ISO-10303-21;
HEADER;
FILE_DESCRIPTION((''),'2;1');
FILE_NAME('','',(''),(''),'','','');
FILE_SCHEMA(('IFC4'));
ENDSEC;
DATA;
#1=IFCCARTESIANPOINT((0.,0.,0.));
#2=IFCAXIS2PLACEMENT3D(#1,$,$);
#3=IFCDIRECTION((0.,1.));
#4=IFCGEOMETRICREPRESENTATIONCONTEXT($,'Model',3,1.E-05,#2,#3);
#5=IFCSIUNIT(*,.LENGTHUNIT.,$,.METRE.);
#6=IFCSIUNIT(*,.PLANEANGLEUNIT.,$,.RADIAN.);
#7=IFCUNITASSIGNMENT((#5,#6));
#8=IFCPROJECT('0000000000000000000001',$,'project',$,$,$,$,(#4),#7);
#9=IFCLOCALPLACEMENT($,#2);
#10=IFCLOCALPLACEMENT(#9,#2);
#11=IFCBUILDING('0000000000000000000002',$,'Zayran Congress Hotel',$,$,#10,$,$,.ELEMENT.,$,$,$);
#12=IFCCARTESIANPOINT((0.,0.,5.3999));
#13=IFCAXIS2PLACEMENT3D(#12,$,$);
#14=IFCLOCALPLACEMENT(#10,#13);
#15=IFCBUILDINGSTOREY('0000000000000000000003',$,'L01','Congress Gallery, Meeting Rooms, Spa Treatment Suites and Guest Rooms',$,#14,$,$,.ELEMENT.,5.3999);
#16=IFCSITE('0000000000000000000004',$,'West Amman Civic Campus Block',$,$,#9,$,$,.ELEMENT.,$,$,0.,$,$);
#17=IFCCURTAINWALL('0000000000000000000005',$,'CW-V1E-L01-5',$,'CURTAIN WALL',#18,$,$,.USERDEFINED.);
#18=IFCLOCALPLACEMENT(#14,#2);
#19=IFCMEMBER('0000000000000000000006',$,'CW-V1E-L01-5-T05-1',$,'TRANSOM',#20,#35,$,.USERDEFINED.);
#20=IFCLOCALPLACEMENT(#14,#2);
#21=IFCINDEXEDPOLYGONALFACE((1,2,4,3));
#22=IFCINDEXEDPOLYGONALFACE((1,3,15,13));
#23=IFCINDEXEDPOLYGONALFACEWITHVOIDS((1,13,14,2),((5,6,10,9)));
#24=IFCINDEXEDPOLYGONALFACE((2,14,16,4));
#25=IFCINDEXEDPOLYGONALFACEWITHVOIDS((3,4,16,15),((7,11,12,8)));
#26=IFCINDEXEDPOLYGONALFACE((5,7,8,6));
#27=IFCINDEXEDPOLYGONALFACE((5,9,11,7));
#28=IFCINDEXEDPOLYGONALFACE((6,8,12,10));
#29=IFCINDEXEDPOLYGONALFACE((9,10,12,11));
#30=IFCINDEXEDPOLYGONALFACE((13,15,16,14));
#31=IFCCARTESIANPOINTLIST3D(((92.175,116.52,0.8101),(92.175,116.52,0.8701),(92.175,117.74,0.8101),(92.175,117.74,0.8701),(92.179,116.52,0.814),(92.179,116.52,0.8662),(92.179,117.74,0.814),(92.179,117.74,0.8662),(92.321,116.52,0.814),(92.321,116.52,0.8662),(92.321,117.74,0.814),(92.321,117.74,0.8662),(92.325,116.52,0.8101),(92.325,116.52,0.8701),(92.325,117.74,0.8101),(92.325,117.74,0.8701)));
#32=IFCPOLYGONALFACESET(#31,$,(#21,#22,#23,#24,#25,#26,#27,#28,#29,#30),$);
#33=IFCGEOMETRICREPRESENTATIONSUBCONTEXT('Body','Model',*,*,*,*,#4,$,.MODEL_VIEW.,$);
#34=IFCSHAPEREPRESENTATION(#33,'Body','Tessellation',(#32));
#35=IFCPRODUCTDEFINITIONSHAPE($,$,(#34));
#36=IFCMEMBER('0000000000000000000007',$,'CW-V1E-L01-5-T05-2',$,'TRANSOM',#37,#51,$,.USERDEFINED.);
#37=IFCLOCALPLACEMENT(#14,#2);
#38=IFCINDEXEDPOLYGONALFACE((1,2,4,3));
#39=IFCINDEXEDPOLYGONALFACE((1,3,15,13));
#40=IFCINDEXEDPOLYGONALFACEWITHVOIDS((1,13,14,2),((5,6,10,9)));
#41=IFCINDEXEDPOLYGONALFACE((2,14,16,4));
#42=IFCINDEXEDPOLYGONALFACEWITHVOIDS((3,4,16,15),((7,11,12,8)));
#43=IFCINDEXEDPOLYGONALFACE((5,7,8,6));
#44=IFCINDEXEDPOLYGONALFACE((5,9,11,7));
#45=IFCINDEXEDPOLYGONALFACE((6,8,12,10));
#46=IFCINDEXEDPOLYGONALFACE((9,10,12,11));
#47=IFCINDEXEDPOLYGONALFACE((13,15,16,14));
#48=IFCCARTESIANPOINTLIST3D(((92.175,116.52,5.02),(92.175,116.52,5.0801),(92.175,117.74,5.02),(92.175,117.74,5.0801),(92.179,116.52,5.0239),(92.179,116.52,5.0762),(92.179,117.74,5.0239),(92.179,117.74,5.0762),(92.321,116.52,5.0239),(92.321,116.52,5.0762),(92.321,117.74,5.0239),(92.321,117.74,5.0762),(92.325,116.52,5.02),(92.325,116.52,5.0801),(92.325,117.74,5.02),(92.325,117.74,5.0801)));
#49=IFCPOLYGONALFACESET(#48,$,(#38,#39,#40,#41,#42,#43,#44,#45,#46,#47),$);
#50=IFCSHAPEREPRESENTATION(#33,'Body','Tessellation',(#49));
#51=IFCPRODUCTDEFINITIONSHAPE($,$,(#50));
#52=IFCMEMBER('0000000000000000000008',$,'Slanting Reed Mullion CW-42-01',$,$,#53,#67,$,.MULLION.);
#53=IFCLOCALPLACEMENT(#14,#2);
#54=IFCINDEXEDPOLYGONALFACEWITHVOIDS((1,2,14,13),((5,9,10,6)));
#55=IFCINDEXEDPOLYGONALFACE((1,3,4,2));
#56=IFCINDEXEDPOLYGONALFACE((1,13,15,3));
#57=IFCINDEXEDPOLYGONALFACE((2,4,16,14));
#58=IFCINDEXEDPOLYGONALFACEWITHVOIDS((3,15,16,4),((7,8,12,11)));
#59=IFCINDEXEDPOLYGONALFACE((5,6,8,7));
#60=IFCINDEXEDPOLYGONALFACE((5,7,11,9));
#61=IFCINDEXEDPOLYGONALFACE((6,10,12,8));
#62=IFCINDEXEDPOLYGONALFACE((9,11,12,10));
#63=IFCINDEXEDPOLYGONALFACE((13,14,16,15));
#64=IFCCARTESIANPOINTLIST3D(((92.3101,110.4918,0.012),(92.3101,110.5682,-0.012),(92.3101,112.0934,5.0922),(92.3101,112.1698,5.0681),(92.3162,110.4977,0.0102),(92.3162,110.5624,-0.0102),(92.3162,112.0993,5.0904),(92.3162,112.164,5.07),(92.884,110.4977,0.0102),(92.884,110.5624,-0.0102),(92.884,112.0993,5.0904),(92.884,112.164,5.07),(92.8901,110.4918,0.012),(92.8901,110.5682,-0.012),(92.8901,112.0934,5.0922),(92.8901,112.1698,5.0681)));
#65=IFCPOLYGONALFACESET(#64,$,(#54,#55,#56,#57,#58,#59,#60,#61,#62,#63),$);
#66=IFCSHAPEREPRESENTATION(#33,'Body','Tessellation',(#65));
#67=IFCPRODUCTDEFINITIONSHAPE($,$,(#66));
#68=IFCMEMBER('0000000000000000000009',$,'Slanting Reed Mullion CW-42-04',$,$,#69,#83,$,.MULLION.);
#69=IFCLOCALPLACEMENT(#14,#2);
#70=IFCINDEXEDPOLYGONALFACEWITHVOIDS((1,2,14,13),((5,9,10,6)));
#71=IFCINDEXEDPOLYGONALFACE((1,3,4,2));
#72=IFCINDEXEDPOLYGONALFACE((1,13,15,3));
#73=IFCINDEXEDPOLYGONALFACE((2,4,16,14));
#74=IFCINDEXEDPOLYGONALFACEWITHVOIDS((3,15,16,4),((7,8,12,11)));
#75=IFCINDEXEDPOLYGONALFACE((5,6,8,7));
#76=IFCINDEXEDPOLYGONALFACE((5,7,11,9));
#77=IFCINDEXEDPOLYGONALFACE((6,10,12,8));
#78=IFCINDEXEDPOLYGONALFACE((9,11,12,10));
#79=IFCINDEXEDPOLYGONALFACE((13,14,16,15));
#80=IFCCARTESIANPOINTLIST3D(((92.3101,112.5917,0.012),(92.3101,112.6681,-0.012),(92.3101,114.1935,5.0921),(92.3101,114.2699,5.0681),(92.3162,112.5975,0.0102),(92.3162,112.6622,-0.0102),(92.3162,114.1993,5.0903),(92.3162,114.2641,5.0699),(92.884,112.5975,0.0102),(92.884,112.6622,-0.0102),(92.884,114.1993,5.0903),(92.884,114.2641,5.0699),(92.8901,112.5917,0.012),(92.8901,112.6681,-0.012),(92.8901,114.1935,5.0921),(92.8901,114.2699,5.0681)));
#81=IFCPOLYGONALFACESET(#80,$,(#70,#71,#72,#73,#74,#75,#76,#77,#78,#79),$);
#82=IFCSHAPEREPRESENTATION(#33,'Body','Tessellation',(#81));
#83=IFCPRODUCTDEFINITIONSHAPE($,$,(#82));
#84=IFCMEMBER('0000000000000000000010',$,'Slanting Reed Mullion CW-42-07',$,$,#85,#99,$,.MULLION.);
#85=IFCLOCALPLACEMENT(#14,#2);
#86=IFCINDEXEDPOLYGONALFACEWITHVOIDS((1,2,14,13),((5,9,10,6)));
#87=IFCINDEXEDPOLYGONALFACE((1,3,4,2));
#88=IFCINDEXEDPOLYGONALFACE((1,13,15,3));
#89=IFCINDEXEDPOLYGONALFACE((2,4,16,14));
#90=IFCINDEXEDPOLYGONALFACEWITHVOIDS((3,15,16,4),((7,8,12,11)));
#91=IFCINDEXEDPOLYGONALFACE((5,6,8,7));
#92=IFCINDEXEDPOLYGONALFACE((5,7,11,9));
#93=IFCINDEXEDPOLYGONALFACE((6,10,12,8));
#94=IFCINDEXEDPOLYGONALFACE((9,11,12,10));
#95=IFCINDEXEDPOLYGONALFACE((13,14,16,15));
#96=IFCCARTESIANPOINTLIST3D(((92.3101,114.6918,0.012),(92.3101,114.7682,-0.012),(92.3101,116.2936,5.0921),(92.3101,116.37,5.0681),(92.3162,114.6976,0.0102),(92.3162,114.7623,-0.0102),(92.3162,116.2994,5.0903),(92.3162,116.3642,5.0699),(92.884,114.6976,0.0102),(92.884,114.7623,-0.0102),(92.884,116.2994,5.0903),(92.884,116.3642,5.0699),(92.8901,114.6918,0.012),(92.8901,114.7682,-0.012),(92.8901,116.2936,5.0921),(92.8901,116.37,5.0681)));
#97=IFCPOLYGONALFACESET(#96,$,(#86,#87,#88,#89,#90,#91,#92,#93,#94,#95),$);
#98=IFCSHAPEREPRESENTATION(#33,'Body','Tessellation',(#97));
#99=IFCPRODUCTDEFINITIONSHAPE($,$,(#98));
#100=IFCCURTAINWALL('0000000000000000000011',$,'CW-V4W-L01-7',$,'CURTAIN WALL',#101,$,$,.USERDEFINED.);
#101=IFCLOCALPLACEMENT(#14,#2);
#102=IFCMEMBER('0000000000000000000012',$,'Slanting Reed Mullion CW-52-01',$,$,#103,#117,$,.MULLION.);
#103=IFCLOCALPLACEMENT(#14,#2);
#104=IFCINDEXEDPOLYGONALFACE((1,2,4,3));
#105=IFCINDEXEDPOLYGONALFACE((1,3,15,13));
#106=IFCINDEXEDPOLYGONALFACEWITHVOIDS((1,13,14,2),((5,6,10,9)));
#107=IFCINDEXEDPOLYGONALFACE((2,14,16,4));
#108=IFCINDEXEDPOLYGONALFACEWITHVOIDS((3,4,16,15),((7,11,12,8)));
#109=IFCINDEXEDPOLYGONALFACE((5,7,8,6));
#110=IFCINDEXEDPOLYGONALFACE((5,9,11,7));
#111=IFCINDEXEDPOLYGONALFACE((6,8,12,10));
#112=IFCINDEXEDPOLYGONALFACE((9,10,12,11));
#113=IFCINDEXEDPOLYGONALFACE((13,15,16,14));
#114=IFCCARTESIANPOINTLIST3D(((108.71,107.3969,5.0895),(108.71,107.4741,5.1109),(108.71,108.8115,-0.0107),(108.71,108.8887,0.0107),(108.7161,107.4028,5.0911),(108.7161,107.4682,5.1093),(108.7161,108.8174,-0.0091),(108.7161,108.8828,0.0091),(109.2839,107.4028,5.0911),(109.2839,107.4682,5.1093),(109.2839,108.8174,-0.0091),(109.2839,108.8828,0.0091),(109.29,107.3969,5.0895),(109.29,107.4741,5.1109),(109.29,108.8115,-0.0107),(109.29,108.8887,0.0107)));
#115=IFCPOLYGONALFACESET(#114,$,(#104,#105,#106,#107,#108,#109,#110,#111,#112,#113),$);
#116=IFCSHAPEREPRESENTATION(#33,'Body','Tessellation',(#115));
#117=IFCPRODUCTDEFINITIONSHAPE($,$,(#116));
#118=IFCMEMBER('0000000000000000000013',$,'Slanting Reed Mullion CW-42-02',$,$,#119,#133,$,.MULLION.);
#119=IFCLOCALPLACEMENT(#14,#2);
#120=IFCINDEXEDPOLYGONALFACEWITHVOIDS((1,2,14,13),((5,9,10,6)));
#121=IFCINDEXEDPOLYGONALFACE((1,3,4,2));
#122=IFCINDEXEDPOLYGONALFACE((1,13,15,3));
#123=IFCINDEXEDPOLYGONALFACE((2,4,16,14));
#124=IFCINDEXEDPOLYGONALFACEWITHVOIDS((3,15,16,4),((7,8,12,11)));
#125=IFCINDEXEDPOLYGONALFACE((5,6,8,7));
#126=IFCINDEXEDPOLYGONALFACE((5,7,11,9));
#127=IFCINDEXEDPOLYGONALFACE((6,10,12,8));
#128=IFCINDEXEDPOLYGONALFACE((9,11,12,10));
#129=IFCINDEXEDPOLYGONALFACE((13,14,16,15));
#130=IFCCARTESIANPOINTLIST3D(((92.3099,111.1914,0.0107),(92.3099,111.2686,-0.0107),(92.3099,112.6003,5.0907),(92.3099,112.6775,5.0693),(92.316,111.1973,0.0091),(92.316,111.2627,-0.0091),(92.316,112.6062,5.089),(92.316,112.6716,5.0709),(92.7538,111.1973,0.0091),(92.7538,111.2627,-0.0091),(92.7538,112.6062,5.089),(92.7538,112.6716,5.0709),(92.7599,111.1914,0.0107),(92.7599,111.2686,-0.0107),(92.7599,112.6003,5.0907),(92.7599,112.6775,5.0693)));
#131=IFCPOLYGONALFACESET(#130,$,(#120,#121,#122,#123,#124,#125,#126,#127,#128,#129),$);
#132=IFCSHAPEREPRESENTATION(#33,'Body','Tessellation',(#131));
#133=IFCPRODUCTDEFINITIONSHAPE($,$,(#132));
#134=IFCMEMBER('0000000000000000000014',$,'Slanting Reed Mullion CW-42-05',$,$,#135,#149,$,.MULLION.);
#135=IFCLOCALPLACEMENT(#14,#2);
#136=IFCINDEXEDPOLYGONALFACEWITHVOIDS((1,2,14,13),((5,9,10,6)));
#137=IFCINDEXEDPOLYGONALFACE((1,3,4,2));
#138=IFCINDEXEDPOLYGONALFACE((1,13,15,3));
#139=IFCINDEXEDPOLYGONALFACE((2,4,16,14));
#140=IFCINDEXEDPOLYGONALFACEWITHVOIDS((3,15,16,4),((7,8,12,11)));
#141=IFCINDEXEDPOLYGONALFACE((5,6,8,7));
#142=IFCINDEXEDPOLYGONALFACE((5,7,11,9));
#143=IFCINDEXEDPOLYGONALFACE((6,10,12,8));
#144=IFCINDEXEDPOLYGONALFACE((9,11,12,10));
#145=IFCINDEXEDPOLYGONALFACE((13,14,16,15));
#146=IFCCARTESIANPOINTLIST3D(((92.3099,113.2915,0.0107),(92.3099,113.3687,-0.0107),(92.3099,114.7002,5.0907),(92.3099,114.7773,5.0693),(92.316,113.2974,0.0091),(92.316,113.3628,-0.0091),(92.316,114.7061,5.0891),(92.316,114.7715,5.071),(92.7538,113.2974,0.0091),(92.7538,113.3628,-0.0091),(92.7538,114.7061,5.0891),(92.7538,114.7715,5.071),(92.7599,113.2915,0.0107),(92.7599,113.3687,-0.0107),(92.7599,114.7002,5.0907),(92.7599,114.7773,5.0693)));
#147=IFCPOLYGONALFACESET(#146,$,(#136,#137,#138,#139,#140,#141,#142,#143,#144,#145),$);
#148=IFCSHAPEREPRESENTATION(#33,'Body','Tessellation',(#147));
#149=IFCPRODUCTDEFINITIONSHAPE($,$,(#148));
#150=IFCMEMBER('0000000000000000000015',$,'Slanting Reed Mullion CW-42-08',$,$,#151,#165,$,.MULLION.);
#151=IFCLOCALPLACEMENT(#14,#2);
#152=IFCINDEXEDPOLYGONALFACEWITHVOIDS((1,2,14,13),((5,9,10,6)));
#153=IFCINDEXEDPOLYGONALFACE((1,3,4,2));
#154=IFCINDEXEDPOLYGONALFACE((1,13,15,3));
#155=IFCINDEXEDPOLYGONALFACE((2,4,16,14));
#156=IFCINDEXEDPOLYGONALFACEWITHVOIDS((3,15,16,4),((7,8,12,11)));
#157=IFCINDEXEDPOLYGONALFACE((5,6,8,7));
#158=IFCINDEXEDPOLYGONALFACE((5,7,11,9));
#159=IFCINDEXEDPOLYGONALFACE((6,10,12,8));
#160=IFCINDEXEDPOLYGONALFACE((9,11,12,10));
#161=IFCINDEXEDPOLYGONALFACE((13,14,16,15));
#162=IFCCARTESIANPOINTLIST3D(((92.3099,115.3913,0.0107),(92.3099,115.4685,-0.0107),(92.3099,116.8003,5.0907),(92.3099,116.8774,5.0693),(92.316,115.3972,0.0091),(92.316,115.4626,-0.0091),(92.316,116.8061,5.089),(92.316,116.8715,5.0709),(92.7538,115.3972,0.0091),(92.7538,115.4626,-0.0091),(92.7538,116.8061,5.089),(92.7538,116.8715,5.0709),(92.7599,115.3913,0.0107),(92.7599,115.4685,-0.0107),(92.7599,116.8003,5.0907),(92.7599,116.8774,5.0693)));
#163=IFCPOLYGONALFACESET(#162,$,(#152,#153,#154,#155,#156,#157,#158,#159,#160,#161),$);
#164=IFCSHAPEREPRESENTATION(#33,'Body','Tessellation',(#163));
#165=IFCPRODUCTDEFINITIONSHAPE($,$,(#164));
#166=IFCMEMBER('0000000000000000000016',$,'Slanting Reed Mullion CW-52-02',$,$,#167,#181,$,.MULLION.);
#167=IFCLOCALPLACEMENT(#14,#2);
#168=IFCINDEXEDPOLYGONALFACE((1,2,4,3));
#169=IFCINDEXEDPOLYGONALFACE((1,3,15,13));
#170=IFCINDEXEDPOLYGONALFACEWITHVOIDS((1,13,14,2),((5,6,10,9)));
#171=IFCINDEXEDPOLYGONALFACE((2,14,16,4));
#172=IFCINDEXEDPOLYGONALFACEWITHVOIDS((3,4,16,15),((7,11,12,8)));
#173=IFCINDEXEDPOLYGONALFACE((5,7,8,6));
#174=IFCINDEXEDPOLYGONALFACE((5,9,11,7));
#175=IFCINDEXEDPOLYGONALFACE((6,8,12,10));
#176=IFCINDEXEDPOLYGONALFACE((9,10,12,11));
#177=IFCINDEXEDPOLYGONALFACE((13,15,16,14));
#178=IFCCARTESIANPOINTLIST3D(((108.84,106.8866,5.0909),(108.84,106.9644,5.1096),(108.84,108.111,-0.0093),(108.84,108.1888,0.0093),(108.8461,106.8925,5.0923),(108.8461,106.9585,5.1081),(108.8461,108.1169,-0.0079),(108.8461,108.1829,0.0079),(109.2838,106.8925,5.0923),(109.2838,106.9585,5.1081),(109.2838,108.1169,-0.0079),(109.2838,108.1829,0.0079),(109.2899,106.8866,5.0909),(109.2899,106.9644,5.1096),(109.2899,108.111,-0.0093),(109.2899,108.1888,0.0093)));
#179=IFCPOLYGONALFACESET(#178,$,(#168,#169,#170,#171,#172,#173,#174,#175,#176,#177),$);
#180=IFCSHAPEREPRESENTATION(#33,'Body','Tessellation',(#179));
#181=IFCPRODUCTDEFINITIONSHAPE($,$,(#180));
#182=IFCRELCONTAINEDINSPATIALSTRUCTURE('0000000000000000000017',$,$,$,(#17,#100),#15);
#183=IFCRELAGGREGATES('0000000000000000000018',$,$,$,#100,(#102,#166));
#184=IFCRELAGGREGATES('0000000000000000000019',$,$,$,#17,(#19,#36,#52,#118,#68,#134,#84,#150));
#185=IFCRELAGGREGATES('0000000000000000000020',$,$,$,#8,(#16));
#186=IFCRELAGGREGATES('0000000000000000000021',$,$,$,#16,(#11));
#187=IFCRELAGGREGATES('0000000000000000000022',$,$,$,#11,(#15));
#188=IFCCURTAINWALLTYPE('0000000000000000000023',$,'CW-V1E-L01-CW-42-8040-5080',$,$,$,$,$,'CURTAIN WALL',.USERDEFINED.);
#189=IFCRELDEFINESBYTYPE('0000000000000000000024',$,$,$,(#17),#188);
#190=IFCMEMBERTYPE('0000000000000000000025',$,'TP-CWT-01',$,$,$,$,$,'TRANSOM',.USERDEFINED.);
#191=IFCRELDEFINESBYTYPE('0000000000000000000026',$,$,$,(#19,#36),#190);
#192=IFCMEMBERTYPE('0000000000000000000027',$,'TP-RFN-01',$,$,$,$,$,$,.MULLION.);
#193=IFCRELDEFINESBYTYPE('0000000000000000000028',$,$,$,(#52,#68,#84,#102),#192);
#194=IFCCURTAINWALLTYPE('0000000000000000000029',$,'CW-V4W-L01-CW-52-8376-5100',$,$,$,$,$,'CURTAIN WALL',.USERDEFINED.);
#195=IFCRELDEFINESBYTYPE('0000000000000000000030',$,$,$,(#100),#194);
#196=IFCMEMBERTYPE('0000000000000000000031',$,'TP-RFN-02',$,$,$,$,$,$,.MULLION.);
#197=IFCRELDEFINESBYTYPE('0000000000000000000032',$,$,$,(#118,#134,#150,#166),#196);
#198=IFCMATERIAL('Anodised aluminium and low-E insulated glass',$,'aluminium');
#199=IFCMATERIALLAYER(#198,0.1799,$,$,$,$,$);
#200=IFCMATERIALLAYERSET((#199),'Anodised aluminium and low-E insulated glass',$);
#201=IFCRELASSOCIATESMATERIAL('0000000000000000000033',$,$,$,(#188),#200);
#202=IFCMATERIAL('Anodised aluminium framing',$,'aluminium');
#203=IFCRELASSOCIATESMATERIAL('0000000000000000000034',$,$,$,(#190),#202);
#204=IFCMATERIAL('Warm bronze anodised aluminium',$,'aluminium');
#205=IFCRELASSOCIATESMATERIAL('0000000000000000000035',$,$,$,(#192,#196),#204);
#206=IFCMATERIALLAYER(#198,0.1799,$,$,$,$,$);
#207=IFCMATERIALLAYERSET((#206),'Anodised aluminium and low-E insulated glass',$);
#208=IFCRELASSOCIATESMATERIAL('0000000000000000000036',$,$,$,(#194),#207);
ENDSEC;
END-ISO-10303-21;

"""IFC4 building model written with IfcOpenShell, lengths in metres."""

from ifc_helpers import new_model, si_unit, direction, frame, origin, origin_2d, place, context, subcontext, project, spatial, hollow_rectangle, extrude, material, layer, layer_set, material_profile, profile_set, type_object, element, aggregate, save


model = new_model("IFC4")

# Units and contexts
model_context = context("Model", 3, precision=1e-05, world=origin(), true_north=direction((0.0, 1.0)))
body_context = subcontext(model_context, "Body", "Model", "MODEL_VIEW")
ifc_project = project(units=[si_unit("LENGTHUNIT", "METRE"), si_unit("PLANEANGLEUNIT", "RADIAN")], contexts=[model_context])

# Site, building, storey
site_placement = place(None, origin())
site = spatial("IfcSite", under=ifc_project, at=site_placement, Name="West Amman Civic Campus Block", CompositionType="ELEMENT", RefElevation=0.0)
building_placement = place(site_placement, origin())
building = spatial("IfcBuilding", under=site, at=building_placement, Name="Zayran Congress Hotel", CompositionType="ELEMENT")
storey_placement = place(building_placement, frame((0.0, 0.0, 5.3999)))
storey = spatial("IfcBuildingStorey", under=building, at=storey_placement, Name="L01", Description="Congress Gallery, Meeting Rooms, Spa Treatment Suites and Guest Rooms", CompositionType="ELEMENT", Elevation=5.3999)

# Shared definitions
ifc_material_1 = material(Name="Anodised aluminium and low-E insulated glass", Category="aluminium")
ifc_material_2 = material(Name="Anodised aluminium framing", Category="aluminium")

# Curtain wall
ifc_layer_1 = layer(ifc_material_1, 0.1799)
ifc_layer_set_1 = layer_set([ifc_layer_1], Name="Anodised aluminium and low-E insulated glass")
curtain_wall_type_1 = type_object("IfcCurtainWallType", Name="CW-V1E-L01-CW-42-8040-5080", ElementType="CURTAIN WALL", PredefinedType="USERDEFINED", material=ifc_layer_set_1)
curtain_wall_1_placement = place(storey_placement, origin())
curtain_wall_1 = element("IfcCurtainWall", 1, at=curtain_wall_1_placement, inside=storey, type_object=curtain_wall_type_1, Name="CW-V1E-L01-5", ObjectType="CURTAIN WALL", PredefinedType="USERDEFINED")

# Members
ifc_material_profile_1 = material_profile(ifc_material_2, hollow_rectangle(XDim=0.0601, YDim=0.1499, WallThickness=0.0039, at=origin_2d()), Name="RHS 150x60x4")
ifc_profile_set_1 = profile_set([ifc_material_profile_1], Name="Anodised aluminium framing")
member_type_1 = type_object("IfcMemberType", Name="TP-CWT-01", ElementType="TRANSOM", PredefinedType="USERDEFINED", material=ifc_profile_set_1)
member_1_placement = place(storey_placement, frame((92.25, 116.52, 0.8401), z_axis=(0.0, 1.0, 0.0), x_axis=(0.0, 0.0, 1.0)))
member_1 = element("IfcMember", 2, at=member_1_placement, type_object=member_type_1, Name="CW-V1E-L01-5-T05-1", ObjectType="TRANSOM", PredefinedType="USERDEFINED", context=body_context, shape_type="SweptSolid", body=[
    extrude(hollow_rectangle(XDim=0.0601, YDim=0.1499, WallThickness=0.0039, at=origin_2d()), origin(), (0.0, 0.0, 1.0), 1.22),
])
member_2_placement = place(storey_placement, frame((92.25, 116.52, 5.05), z_axis=(0.0, 1.0, 0.0), x_axis=(0.0, 0.0, 1.0)))
member_2 = element("IfcMember", 3, at=member_2_placement, type_object=member_type_1, Name="CW-V1E-L01-5-T05-2", ObjectType="TRANSOM", PredefinedType="USERDEFINED", context=body_context, shape_type="SweptSolid", body=[
    extrude(hollow_rectangle(XDim=0.0601, YDim=0.1499, WallThickness=0.0039, at=origin_2d()), origin(), (0.0, 0.0, 1.0), 1.22),
])
ifc_material_3 = material(Name="Warm bronze anodised aluminium", Category="aluminium")
ifc_material_profile_2 = material_profile(ifc_material_3, hollow_rectangle(XDim=0.0801, YDim=0.5801, WallThickness=0.0061, at=origin_2d()), Name="RHS 580x80x6")
ifc_profile_set_2 = profile_set([ifc_material_profile_2], Name="Warm bronze anodised aluminium")
member_type_2 = type_object("IfcMemberType", Name="TP-RFN-01", PredefinedType="MULLION", material=ifc_profile_set_2)
member_3_placement = place(storey_placement, frame((92.6001, 110.53, 0.0), z_axis=(0.0, 0.300675, 0.953727), x_axis=(0.0, -0.953727, 0.300675)))
member_3 = element("IfcMember", 4, at=member_3_placement, type_object=member_type_2, Name="Slanting Reed Mullion CW-42-01", PredefinedType="MULLION", context=body_context, shape_type="SweptSolid", body=[
    extrude(hollow_rectangle(XDim=0.0801, YDim=0.5801, WallThickness=0.0061, at=origin_2d()), origin(), (0.0, 0.0, 1.0), 5.3267),
])
member_4_placement = place(storey_placement, frame((92.6001, 112.6299, 0.0), z_axis=(0.0, 0.300717, 0.953713), x_axis=(0.0, -0.953713, 0.300717)))
member_4 = element("IfcMember", 5, at=member_4_placement, type_object=member_type_2, Name="Slanting Reed Mullion CW-42-04", PredefinedType="MULLION", context=body_context, shape_type="SweptSolid", body=[
    extrude(hollow_rectangle(XDim=0.0801, YDim=0.5801, WallThickness=0.0061, at=origin_2d()), origin(), (0.0, 0.0, 1.0), 5.3267),
])
member_5_placement = place(storey_placement, frame((92.6001, 114.73, 0.0), z_axis=(0.0, 0.300717, 0.953713), x_axis=(0.0, -0.953713, 0.300717)))
member_5 = element("IfcMember", 6, at=member_5_placement, type_object=member_type_2, Name="Slanting Reed Mullion CW-42-07", PredefinedType="MULLION", context=body_context, shape_type="SweptSolid", body=[
    extrude(hollow_rectangle(XDim=0.0801, YDim=0.5801, WallThickness=0.0061, at=origin_2d()), origin(), (0.0, 0.0, 1.0), 5.3267),
])

# Curtain wall, member
ifc_layer_2 = layer(ifc_material_1, 0.1799)
ifc_layer_set_2 = layer_set([ifc_layer_2], Name="Anodised aluminium and low-E insulated glass")
curtain_wall_type_2 = type_object("IfcCurtainWallType", Name="CW-V4W-L01-CW-52-8376-5100", ElementType="CURTAIN WALL", PredefinedType="USERDEFINED", material=ifc_layer_set_2)
curtain_wall_2_placement = place(storey_placement, origin())
curtain_wall_2 = element("IfcCurtainWall", 7, at=curtain_wall_2_placement, inside=storey, type_object=curtain_wall_type_2, Name="CW-V4W-L01-7", ObjectType="CURTAIN WALL", PredefinedType="USERDEFINED")
member_6_placement = place(storey_placement, frame((109.0, 108.8501, 0.0), z_axis=(0.0, -0.267268, 0.963622), x_axis=(0.0, 0.963622, 0.267268)))
member_6 = element("IfcMember", 8, at=member_6_placement, type_object=member_type_2, Name="Slanting Reed Mullion CW-52-01", PredefinedType="MULLION", context=body_context, shape_type="SweptSolid", body=[
    extrude(hollow_rectangle(XDim=0.0801, YDim=0.5801, WallThickness=0.0061, at=origin_2d()), origin(), (0.0, 0.0, 1.0), 5.2927),
])

# Members
ifc_material_profile_3 = material_profile(ifc_material_3, hollow_rectangle(XDim=0.0801, YDim=0.45, WallThickness=0.0061, at=origin_2d()), Name="RHS 450x80x6")
ifc_profile_set_3 = profile_set([ifc_material_profile_3], Name="Warm bronze anodised aluminium")
member_type_3 = type_object("IfcMemberType", Name="TP-RFN-02", PredefinedType="MULLION", material=ifc_profile_set_3)
member_7_placement = place(storey_placement, frame((92.5349, 111.23, 0.0), z_axis=(0.0, 0.267257, 0.963625), x_axis=(0.0, -0.963625, 0.267257)))
member_7 = element("IfcMember", 9, at=member_7_placement, type_object=member_type_3, Name="Slanting Reed Mullion CW-42-02", PredefinedType="MULLION", context=body_context, shape_type="SweptSolid", body=[
    extrude(hollow_rectangle(XDim=0.0801, YDim=0.45, WallThickness=0.0061, at=origin_2d()), origin(), (0.0, 0.0, 1.0), 5.2717),
])
member_8_placement = place(storey_placement, frame((92.5349, 113.3301, 0.0), z_axis=(0.0, 0.267214, 0.963637), x_axis=(0.0, -0.963637, 0.267214)))
member_8 = element("IfcMember", 10, at=member_8_placement, type_object=member_type_3, Name="Slanting Reed Mullion CW-42-05", PredefinedType="MULLION", context=body_context, shape_type="SweptSolid", body=[
    extrude(hollow_rectangle(XDim=0.0801, YDim=0.45, WallThickness=0.0061, at=origin_2d()), origin(), (0.0, 0.0, 1.0), 5.2717),
])
member_9_placement = place(storey_placement, frame((92.5349, 115.4299, 0.0), z_axis=(0.0, 0.267257, 0.963625), x_axis=(0.0, -0.963625, 0.267257)))
member_9 = element("IfcMember", 11, at=member_9_placement, type_object=member_type_3, Name="Slanting Reed Mullion CW-42-08", PredefinedType="MULLION", context=body_context, shape_type="SweptSolid", body=[
    extrude(hollow_rectangle(XDim=0.0801, YDim=0.45, WallThickness=0.0061, at=origin_2d()), origin(), (0.0, 0.0, 1.0), 5.2717),
])
member_10_placement = place(storey_placement, frame((109.0649, 108.1499, 0.0), z_axis=(0.0, -0.233435, 0.972373), x_axis=(0.0, 0.972373, 0.233435)))
member_10 = element("IfcMember", 12, at=member_10_placement, type_object=member_type_3, Name="Slanting Reed Mullion CW-52-02", PredefinedType="MULLION", context=body_context, shape_type="SweptSolid", body=[
    extrude(hollow_rectangle(XDim=0.0801, YDim=0.45, WallThickness=0.0061, at=origin_2d()), origin(), (0.0, 0.0, 1.0), 5.2451),
])
aggregate(curtain_wall_2, [member_6, member_10])

aggregate(curtain_wall_1, [member_1, member_2, member_3, member_7, member_4, member_8, member_5, member_9])

save(model, "model.ifc")
